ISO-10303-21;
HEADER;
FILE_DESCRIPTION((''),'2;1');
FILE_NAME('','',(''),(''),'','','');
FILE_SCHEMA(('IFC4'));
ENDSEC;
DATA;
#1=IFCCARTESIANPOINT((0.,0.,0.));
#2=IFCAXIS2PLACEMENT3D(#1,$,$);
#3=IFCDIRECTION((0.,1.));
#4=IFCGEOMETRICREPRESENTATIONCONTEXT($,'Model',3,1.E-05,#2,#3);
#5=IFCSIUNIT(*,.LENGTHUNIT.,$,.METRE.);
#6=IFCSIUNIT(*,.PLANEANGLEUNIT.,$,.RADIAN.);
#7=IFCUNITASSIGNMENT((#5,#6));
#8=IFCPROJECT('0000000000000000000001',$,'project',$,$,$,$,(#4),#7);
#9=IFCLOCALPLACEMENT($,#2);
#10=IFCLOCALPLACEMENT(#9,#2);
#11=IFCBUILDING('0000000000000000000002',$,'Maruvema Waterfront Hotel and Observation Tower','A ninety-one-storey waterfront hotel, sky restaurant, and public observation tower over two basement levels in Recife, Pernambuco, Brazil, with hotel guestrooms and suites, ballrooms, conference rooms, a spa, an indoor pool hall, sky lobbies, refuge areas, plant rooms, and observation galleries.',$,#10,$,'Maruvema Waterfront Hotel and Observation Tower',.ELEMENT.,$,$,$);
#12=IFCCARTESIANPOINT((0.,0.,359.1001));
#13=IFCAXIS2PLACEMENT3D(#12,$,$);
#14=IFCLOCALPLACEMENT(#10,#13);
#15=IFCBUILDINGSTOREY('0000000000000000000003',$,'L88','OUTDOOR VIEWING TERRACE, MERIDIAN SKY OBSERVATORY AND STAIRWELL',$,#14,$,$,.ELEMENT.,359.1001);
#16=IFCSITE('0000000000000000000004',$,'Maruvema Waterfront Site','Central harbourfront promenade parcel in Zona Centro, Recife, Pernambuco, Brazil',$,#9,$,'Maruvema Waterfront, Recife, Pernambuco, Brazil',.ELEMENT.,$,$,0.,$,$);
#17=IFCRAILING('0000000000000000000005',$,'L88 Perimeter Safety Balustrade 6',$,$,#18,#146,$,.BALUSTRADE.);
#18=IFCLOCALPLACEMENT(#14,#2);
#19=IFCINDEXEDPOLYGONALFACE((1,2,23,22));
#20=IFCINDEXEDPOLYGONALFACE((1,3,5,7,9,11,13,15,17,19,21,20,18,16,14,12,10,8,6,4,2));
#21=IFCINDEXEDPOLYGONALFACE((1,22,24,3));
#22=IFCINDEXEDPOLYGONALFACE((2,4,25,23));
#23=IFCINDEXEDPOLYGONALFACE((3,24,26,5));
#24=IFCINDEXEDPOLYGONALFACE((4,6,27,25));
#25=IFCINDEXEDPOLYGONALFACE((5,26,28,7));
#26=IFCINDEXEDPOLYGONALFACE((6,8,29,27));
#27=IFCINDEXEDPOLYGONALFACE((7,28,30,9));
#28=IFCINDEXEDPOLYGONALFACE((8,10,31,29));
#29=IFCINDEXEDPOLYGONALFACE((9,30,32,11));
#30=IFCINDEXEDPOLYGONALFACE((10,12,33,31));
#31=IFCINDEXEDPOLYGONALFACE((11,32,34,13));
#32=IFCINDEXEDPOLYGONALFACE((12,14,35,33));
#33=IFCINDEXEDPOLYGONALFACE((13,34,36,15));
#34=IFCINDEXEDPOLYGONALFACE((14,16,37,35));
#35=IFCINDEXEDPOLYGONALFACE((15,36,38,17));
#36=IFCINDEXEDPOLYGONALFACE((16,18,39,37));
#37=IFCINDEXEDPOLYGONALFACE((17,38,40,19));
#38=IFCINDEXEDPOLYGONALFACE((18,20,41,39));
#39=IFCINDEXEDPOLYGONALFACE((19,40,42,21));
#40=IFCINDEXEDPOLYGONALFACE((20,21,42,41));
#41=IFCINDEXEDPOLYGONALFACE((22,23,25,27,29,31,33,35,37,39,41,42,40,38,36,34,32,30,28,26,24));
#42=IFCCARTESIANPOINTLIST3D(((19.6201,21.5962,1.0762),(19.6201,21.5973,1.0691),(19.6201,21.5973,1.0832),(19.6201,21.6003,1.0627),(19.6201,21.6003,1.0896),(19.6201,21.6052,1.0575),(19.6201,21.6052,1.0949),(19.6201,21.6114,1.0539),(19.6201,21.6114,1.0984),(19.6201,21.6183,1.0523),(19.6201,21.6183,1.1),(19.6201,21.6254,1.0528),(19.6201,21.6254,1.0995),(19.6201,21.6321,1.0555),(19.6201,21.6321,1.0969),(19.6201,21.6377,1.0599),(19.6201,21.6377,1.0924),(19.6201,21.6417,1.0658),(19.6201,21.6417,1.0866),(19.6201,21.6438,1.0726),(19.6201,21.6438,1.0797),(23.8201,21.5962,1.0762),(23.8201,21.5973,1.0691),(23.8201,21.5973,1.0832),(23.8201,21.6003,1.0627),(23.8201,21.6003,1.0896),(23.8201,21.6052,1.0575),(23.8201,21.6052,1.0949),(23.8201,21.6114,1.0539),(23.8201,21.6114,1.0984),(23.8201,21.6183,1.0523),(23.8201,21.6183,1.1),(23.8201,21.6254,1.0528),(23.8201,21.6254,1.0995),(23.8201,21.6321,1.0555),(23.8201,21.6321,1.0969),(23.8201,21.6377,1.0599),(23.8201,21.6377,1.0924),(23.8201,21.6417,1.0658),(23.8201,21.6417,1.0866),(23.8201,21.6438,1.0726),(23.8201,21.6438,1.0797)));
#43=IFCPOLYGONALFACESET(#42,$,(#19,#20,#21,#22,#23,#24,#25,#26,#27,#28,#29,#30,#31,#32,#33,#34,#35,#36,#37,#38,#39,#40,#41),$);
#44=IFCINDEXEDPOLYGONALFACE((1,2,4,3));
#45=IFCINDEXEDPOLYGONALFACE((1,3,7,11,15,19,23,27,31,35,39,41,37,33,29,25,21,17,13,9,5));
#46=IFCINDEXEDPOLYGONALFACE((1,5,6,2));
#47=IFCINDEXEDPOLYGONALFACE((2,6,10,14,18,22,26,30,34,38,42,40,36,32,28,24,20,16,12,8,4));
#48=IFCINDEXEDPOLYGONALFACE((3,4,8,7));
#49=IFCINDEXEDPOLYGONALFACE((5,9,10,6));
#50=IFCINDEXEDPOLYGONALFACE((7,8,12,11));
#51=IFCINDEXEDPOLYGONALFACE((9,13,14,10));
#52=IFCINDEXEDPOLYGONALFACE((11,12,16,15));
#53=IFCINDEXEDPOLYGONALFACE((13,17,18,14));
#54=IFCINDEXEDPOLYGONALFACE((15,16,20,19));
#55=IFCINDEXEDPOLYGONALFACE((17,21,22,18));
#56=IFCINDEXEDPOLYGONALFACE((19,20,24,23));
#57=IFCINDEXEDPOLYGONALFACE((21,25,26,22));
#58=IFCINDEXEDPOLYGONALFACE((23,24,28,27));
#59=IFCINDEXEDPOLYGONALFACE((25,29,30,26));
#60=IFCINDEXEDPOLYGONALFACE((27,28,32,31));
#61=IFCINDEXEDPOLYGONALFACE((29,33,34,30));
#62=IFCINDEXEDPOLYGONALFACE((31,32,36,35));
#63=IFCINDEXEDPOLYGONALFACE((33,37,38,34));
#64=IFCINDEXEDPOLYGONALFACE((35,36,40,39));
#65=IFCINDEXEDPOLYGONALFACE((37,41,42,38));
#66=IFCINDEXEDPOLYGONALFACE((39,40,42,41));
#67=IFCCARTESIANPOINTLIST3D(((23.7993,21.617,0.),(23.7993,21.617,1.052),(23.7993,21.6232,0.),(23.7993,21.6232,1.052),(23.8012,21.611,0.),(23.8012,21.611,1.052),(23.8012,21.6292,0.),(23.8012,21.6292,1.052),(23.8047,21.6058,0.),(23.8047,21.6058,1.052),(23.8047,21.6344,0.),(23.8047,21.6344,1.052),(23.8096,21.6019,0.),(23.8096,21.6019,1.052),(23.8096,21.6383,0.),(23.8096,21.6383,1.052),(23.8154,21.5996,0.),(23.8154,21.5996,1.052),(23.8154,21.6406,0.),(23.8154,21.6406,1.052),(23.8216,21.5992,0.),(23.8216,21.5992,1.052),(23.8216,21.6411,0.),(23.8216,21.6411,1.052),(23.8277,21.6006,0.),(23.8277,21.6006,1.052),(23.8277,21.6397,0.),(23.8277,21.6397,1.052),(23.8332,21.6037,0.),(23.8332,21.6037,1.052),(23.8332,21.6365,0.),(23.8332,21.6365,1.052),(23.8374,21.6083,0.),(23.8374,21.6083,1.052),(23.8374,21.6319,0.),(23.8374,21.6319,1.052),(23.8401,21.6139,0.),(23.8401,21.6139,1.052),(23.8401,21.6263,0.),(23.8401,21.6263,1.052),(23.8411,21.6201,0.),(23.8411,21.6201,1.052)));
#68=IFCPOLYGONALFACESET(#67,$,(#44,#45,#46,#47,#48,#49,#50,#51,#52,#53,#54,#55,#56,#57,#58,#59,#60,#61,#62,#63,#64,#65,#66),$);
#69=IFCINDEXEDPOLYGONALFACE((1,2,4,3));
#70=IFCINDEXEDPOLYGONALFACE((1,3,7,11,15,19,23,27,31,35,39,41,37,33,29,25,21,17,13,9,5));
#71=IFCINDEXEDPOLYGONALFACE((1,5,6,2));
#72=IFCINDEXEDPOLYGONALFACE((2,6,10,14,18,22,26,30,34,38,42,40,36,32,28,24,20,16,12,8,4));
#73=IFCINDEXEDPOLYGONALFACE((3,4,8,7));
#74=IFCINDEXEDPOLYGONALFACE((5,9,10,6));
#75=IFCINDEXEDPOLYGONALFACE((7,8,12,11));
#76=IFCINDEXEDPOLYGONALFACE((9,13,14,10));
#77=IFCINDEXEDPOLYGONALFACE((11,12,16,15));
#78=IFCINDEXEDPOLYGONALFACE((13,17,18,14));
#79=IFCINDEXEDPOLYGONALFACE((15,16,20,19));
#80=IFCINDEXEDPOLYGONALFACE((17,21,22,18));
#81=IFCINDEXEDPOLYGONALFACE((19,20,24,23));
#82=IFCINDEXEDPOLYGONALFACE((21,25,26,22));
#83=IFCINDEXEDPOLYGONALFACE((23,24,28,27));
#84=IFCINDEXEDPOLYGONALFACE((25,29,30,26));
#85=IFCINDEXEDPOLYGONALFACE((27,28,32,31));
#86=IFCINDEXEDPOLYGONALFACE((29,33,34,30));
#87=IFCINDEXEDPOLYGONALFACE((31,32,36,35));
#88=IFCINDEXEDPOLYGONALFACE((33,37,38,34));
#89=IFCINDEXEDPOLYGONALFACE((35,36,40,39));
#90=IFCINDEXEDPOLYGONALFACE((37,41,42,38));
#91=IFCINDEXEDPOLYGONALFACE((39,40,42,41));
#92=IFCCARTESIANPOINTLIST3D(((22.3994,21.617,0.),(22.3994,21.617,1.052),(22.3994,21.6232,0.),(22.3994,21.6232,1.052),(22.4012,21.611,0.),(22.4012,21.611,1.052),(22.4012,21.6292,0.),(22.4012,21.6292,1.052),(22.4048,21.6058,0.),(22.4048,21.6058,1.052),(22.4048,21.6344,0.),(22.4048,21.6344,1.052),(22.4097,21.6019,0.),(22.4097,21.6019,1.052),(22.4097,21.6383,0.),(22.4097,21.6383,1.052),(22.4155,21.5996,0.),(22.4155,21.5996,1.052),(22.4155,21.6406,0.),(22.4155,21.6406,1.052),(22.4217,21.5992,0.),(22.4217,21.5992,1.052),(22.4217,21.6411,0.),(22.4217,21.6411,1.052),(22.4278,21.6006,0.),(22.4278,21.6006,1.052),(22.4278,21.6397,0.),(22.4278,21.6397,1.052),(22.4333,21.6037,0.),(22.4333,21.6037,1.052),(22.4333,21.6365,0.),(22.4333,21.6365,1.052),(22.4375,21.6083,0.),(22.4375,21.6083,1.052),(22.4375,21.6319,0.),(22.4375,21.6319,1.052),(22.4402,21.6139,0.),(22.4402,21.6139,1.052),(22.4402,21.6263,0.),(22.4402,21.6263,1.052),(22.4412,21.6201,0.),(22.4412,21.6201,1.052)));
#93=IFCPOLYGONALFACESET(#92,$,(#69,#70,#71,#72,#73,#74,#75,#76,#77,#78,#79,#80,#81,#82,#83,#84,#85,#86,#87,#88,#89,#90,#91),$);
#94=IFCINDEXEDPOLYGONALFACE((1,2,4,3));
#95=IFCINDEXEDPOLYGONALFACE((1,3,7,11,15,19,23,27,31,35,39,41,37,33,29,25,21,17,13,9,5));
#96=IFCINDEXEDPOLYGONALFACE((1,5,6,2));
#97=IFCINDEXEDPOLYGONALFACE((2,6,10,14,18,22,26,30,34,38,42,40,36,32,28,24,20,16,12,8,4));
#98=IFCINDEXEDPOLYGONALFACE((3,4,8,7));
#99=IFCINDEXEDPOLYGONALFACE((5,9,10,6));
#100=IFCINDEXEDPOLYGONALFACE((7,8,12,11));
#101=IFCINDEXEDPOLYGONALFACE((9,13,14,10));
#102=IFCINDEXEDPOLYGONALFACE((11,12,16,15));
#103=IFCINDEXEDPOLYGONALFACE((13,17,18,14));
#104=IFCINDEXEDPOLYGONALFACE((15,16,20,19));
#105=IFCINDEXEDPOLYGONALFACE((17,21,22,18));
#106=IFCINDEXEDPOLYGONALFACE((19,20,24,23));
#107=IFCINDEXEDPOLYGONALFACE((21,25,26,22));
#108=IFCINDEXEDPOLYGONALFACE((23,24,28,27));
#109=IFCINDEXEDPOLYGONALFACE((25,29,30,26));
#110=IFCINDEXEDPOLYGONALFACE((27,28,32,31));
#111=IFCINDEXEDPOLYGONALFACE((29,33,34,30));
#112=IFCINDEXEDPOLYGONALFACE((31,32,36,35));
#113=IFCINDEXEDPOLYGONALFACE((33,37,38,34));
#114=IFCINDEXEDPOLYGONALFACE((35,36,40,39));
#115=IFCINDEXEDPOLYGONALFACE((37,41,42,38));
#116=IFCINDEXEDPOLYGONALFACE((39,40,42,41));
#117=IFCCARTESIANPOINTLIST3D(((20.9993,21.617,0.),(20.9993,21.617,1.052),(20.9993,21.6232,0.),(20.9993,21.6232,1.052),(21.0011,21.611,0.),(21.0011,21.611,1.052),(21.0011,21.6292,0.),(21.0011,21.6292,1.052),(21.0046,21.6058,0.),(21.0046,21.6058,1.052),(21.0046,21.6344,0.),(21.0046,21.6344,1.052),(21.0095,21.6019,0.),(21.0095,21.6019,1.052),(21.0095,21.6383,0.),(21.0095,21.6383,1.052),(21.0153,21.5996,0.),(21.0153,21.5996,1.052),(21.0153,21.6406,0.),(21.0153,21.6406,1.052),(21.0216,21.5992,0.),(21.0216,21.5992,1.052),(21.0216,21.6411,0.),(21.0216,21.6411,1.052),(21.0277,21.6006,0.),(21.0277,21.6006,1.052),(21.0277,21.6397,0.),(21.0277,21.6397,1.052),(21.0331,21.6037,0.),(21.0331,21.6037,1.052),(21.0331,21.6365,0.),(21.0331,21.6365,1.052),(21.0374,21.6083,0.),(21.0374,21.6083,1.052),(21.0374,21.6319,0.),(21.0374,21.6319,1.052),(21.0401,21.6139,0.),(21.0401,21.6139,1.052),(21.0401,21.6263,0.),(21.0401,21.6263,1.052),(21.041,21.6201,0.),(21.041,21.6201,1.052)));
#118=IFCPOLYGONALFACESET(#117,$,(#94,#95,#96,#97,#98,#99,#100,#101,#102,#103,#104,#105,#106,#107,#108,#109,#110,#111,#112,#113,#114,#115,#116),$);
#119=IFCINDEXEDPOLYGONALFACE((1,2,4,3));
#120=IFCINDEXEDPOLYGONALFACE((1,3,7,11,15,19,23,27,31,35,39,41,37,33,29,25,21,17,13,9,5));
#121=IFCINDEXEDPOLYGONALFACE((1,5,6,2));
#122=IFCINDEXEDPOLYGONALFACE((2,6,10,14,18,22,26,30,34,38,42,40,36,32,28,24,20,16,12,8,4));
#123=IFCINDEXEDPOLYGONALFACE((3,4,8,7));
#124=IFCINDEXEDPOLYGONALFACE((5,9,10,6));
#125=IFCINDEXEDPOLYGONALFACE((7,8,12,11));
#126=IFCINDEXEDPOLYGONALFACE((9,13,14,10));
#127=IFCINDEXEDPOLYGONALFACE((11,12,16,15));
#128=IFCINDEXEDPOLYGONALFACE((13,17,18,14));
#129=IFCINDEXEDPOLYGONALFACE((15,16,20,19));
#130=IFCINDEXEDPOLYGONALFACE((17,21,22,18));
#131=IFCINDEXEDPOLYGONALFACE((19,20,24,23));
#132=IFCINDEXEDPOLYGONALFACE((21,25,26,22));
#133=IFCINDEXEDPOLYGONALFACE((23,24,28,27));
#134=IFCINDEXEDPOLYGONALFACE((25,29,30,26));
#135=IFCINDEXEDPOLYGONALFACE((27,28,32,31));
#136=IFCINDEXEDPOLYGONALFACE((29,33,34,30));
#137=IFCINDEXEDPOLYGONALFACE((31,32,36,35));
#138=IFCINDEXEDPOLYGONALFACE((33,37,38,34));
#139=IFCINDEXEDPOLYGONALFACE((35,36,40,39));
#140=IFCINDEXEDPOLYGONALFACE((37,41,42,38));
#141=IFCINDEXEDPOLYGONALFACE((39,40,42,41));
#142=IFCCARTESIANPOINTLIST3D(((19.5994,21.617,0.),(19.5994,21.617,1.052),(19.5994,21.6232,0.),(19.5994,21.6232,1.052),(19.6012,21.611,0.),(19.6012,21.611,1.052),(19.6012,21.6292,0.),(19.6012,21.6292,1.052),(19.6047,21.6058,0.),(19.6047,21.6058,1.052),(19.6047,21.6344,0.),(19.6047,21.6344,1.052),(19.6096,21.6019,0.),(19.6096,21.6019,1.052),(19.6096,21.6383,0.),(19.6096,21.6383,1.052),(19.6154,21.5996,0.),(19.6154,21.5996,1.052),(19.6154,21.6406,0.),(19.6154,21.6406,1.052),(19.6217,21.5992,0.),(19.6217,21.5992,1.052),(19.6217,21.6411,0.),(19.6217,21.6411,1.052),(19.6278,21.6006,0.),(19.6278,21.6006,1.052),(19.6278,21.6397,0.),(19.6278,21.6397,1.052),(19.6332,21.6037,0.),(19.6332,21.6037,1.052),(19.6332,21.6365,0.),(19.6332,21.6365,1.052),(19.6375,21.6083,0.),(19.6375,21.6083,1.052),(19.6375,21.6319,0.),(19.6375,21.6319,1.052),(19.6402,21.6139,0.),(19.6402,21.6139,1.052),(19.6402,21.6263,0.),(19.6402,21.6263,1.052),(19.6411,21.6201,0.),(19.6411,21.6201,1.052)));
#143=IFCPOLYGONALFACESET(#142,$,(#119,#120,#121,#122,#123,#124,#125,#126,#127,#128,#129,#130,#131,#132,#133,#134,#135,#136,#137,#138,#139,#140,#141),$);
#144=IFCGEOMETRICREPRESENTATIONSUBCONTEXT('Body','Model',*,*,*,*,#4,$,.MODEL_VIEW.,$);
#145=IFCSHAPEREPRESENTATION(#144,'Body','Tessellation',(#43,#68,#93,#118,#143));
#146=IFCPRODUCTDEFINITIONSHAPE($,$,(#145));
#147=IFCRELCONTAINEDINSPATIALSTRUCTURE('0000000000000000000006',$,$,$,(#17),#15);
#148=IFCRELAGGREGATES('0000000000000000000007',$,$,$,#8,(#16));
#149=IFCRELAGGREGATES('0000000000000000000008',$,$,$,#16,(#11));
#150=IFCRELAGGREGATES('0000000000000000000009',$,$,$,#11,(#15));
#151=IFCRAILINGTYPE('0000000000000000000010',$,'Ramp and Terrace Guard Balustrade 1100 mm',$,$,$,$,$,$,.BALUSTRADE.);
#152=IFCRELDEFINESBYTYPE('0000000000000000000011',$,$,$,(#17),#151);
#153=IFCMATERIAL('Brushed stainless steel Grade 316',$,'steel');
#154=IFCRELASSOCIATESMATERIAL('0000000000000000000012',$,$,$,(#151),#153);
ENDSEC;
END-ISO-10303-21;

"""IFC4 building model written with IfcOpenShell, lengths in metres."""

from ifc_helpers import new_model, si_unit, direction, frame, origin, origin_2d, place, context, subcontext, project, spatial, circle, extrude, material, type_object, element, save


model = new_model("IFC4")

# Units and contexts
model_context = context("Model", 3, precision=1e-05, world=origin(), true_north=direction((0.0, 1.0)))
body_context = subcontext(model_context, "Body", "Model", "MODEL_VIEW")
ifc_project = project(units=[si_unit("LENGTHUNIT", "METRE"), si_unit("PLANEANGLEUNIT", "RADIAN")], contexts=[model_context])

# Site, building, storey
site_placement = place(None, origin())
site = spatial("IfcSite", under=ifc_project, at=site_placement, Name="Maruvema Waterfront Site", Description="Central harbourfront promenade parcel in Zona Centro, Recife, Pernambuco, Brazil", LongName="Maruvema Waterfront, Recife, Pernambuco, Brazil", CompositionType="ELEMENT", RefElevation=0.0)
building_placement = place(site_placement, origin())
building = spatial("IfcBuilding", under=site, at=building_placement, Name="Maruvema Waterfront Hotel and Observation Tower", Description="A ninety-one-storey waterfront hotel, sky restaurant, and public observation tower over two basement levels in Recife, Pernambuco, Brazil, with hotel guestrooms and suites, ballrooms, conference rooms, a spa, an indoor pool hall, sky lobbies, refuge areas, plant rooms, and observation galleries.", LongName="Maruvema Waterfront Hotel and Observation Tower", CompositionType="ELEMENT")
storey_placement = place(building_placement, frame((0.0, 0.0, 359.1001)))
storey = spatial("IfcBuildingStorey", under=building, at=storey_placement, Name="L88", Description="OUTDOOR VIEWING TERRACE, MERIDIAN SKY OBSERVATORY AND STAIRWELL", CompositionType="ELEMENT", Elevation=359.1001)

# Railing
ifc_material_1 = material(Name="Brushed stainless steel Grade 316", Category="steel")
railing_type = type_object("IfcRailingType", Name="Ramp and Terrace Guard Balustrade 1100 mm", PredefinedType="BALUSTRADE", material=ifc_material_1)
railing_1_placement = place(storey_placement, frame((23.8201, 21.6201, 0.0)))
element("IfcRailing", 1, at=railing_1_placement, inside=storey, type_object=railing_type, Name="L88 Perimeter Safety Balustrade 6", PredefinedType="BALUSTRADE", context=body_context, shape_type="SweptSolid", body=[
    extrude(circle(Radius=0.0239, at=origin_2d()), frame((0.0, 0.0, 1.0762), z_axis=(-1.0, 0.0, 0.0), x_axis=(0.0, -1.0, 0.0)), (0.0, 0.0, 1.0), 4.2),
    extrude(circle(Radius=0.021, at=origin_2d()), origin(), (0.0, 0.0, 1.0), 1.052),
    extrude(circle(Radius=0.021, at=origin_2d()), frame((-1.3999, 0.0, 0.0)), (0.0, 0.0, 1.0), 1.052),
    extrude(circle(Radius=0.021, at=origin_2d()), frame((-2.8, 0.0, 0.0)), (0.0, 0.0, 1.0), 1.052),
    extrude(circle(Radius=0.021, at=origin_2d()), frame((-4.2, 0.0, 0.0)), (0.0, 0.0, 1.0), 1.052),
])

save(model, "model.ifc")
